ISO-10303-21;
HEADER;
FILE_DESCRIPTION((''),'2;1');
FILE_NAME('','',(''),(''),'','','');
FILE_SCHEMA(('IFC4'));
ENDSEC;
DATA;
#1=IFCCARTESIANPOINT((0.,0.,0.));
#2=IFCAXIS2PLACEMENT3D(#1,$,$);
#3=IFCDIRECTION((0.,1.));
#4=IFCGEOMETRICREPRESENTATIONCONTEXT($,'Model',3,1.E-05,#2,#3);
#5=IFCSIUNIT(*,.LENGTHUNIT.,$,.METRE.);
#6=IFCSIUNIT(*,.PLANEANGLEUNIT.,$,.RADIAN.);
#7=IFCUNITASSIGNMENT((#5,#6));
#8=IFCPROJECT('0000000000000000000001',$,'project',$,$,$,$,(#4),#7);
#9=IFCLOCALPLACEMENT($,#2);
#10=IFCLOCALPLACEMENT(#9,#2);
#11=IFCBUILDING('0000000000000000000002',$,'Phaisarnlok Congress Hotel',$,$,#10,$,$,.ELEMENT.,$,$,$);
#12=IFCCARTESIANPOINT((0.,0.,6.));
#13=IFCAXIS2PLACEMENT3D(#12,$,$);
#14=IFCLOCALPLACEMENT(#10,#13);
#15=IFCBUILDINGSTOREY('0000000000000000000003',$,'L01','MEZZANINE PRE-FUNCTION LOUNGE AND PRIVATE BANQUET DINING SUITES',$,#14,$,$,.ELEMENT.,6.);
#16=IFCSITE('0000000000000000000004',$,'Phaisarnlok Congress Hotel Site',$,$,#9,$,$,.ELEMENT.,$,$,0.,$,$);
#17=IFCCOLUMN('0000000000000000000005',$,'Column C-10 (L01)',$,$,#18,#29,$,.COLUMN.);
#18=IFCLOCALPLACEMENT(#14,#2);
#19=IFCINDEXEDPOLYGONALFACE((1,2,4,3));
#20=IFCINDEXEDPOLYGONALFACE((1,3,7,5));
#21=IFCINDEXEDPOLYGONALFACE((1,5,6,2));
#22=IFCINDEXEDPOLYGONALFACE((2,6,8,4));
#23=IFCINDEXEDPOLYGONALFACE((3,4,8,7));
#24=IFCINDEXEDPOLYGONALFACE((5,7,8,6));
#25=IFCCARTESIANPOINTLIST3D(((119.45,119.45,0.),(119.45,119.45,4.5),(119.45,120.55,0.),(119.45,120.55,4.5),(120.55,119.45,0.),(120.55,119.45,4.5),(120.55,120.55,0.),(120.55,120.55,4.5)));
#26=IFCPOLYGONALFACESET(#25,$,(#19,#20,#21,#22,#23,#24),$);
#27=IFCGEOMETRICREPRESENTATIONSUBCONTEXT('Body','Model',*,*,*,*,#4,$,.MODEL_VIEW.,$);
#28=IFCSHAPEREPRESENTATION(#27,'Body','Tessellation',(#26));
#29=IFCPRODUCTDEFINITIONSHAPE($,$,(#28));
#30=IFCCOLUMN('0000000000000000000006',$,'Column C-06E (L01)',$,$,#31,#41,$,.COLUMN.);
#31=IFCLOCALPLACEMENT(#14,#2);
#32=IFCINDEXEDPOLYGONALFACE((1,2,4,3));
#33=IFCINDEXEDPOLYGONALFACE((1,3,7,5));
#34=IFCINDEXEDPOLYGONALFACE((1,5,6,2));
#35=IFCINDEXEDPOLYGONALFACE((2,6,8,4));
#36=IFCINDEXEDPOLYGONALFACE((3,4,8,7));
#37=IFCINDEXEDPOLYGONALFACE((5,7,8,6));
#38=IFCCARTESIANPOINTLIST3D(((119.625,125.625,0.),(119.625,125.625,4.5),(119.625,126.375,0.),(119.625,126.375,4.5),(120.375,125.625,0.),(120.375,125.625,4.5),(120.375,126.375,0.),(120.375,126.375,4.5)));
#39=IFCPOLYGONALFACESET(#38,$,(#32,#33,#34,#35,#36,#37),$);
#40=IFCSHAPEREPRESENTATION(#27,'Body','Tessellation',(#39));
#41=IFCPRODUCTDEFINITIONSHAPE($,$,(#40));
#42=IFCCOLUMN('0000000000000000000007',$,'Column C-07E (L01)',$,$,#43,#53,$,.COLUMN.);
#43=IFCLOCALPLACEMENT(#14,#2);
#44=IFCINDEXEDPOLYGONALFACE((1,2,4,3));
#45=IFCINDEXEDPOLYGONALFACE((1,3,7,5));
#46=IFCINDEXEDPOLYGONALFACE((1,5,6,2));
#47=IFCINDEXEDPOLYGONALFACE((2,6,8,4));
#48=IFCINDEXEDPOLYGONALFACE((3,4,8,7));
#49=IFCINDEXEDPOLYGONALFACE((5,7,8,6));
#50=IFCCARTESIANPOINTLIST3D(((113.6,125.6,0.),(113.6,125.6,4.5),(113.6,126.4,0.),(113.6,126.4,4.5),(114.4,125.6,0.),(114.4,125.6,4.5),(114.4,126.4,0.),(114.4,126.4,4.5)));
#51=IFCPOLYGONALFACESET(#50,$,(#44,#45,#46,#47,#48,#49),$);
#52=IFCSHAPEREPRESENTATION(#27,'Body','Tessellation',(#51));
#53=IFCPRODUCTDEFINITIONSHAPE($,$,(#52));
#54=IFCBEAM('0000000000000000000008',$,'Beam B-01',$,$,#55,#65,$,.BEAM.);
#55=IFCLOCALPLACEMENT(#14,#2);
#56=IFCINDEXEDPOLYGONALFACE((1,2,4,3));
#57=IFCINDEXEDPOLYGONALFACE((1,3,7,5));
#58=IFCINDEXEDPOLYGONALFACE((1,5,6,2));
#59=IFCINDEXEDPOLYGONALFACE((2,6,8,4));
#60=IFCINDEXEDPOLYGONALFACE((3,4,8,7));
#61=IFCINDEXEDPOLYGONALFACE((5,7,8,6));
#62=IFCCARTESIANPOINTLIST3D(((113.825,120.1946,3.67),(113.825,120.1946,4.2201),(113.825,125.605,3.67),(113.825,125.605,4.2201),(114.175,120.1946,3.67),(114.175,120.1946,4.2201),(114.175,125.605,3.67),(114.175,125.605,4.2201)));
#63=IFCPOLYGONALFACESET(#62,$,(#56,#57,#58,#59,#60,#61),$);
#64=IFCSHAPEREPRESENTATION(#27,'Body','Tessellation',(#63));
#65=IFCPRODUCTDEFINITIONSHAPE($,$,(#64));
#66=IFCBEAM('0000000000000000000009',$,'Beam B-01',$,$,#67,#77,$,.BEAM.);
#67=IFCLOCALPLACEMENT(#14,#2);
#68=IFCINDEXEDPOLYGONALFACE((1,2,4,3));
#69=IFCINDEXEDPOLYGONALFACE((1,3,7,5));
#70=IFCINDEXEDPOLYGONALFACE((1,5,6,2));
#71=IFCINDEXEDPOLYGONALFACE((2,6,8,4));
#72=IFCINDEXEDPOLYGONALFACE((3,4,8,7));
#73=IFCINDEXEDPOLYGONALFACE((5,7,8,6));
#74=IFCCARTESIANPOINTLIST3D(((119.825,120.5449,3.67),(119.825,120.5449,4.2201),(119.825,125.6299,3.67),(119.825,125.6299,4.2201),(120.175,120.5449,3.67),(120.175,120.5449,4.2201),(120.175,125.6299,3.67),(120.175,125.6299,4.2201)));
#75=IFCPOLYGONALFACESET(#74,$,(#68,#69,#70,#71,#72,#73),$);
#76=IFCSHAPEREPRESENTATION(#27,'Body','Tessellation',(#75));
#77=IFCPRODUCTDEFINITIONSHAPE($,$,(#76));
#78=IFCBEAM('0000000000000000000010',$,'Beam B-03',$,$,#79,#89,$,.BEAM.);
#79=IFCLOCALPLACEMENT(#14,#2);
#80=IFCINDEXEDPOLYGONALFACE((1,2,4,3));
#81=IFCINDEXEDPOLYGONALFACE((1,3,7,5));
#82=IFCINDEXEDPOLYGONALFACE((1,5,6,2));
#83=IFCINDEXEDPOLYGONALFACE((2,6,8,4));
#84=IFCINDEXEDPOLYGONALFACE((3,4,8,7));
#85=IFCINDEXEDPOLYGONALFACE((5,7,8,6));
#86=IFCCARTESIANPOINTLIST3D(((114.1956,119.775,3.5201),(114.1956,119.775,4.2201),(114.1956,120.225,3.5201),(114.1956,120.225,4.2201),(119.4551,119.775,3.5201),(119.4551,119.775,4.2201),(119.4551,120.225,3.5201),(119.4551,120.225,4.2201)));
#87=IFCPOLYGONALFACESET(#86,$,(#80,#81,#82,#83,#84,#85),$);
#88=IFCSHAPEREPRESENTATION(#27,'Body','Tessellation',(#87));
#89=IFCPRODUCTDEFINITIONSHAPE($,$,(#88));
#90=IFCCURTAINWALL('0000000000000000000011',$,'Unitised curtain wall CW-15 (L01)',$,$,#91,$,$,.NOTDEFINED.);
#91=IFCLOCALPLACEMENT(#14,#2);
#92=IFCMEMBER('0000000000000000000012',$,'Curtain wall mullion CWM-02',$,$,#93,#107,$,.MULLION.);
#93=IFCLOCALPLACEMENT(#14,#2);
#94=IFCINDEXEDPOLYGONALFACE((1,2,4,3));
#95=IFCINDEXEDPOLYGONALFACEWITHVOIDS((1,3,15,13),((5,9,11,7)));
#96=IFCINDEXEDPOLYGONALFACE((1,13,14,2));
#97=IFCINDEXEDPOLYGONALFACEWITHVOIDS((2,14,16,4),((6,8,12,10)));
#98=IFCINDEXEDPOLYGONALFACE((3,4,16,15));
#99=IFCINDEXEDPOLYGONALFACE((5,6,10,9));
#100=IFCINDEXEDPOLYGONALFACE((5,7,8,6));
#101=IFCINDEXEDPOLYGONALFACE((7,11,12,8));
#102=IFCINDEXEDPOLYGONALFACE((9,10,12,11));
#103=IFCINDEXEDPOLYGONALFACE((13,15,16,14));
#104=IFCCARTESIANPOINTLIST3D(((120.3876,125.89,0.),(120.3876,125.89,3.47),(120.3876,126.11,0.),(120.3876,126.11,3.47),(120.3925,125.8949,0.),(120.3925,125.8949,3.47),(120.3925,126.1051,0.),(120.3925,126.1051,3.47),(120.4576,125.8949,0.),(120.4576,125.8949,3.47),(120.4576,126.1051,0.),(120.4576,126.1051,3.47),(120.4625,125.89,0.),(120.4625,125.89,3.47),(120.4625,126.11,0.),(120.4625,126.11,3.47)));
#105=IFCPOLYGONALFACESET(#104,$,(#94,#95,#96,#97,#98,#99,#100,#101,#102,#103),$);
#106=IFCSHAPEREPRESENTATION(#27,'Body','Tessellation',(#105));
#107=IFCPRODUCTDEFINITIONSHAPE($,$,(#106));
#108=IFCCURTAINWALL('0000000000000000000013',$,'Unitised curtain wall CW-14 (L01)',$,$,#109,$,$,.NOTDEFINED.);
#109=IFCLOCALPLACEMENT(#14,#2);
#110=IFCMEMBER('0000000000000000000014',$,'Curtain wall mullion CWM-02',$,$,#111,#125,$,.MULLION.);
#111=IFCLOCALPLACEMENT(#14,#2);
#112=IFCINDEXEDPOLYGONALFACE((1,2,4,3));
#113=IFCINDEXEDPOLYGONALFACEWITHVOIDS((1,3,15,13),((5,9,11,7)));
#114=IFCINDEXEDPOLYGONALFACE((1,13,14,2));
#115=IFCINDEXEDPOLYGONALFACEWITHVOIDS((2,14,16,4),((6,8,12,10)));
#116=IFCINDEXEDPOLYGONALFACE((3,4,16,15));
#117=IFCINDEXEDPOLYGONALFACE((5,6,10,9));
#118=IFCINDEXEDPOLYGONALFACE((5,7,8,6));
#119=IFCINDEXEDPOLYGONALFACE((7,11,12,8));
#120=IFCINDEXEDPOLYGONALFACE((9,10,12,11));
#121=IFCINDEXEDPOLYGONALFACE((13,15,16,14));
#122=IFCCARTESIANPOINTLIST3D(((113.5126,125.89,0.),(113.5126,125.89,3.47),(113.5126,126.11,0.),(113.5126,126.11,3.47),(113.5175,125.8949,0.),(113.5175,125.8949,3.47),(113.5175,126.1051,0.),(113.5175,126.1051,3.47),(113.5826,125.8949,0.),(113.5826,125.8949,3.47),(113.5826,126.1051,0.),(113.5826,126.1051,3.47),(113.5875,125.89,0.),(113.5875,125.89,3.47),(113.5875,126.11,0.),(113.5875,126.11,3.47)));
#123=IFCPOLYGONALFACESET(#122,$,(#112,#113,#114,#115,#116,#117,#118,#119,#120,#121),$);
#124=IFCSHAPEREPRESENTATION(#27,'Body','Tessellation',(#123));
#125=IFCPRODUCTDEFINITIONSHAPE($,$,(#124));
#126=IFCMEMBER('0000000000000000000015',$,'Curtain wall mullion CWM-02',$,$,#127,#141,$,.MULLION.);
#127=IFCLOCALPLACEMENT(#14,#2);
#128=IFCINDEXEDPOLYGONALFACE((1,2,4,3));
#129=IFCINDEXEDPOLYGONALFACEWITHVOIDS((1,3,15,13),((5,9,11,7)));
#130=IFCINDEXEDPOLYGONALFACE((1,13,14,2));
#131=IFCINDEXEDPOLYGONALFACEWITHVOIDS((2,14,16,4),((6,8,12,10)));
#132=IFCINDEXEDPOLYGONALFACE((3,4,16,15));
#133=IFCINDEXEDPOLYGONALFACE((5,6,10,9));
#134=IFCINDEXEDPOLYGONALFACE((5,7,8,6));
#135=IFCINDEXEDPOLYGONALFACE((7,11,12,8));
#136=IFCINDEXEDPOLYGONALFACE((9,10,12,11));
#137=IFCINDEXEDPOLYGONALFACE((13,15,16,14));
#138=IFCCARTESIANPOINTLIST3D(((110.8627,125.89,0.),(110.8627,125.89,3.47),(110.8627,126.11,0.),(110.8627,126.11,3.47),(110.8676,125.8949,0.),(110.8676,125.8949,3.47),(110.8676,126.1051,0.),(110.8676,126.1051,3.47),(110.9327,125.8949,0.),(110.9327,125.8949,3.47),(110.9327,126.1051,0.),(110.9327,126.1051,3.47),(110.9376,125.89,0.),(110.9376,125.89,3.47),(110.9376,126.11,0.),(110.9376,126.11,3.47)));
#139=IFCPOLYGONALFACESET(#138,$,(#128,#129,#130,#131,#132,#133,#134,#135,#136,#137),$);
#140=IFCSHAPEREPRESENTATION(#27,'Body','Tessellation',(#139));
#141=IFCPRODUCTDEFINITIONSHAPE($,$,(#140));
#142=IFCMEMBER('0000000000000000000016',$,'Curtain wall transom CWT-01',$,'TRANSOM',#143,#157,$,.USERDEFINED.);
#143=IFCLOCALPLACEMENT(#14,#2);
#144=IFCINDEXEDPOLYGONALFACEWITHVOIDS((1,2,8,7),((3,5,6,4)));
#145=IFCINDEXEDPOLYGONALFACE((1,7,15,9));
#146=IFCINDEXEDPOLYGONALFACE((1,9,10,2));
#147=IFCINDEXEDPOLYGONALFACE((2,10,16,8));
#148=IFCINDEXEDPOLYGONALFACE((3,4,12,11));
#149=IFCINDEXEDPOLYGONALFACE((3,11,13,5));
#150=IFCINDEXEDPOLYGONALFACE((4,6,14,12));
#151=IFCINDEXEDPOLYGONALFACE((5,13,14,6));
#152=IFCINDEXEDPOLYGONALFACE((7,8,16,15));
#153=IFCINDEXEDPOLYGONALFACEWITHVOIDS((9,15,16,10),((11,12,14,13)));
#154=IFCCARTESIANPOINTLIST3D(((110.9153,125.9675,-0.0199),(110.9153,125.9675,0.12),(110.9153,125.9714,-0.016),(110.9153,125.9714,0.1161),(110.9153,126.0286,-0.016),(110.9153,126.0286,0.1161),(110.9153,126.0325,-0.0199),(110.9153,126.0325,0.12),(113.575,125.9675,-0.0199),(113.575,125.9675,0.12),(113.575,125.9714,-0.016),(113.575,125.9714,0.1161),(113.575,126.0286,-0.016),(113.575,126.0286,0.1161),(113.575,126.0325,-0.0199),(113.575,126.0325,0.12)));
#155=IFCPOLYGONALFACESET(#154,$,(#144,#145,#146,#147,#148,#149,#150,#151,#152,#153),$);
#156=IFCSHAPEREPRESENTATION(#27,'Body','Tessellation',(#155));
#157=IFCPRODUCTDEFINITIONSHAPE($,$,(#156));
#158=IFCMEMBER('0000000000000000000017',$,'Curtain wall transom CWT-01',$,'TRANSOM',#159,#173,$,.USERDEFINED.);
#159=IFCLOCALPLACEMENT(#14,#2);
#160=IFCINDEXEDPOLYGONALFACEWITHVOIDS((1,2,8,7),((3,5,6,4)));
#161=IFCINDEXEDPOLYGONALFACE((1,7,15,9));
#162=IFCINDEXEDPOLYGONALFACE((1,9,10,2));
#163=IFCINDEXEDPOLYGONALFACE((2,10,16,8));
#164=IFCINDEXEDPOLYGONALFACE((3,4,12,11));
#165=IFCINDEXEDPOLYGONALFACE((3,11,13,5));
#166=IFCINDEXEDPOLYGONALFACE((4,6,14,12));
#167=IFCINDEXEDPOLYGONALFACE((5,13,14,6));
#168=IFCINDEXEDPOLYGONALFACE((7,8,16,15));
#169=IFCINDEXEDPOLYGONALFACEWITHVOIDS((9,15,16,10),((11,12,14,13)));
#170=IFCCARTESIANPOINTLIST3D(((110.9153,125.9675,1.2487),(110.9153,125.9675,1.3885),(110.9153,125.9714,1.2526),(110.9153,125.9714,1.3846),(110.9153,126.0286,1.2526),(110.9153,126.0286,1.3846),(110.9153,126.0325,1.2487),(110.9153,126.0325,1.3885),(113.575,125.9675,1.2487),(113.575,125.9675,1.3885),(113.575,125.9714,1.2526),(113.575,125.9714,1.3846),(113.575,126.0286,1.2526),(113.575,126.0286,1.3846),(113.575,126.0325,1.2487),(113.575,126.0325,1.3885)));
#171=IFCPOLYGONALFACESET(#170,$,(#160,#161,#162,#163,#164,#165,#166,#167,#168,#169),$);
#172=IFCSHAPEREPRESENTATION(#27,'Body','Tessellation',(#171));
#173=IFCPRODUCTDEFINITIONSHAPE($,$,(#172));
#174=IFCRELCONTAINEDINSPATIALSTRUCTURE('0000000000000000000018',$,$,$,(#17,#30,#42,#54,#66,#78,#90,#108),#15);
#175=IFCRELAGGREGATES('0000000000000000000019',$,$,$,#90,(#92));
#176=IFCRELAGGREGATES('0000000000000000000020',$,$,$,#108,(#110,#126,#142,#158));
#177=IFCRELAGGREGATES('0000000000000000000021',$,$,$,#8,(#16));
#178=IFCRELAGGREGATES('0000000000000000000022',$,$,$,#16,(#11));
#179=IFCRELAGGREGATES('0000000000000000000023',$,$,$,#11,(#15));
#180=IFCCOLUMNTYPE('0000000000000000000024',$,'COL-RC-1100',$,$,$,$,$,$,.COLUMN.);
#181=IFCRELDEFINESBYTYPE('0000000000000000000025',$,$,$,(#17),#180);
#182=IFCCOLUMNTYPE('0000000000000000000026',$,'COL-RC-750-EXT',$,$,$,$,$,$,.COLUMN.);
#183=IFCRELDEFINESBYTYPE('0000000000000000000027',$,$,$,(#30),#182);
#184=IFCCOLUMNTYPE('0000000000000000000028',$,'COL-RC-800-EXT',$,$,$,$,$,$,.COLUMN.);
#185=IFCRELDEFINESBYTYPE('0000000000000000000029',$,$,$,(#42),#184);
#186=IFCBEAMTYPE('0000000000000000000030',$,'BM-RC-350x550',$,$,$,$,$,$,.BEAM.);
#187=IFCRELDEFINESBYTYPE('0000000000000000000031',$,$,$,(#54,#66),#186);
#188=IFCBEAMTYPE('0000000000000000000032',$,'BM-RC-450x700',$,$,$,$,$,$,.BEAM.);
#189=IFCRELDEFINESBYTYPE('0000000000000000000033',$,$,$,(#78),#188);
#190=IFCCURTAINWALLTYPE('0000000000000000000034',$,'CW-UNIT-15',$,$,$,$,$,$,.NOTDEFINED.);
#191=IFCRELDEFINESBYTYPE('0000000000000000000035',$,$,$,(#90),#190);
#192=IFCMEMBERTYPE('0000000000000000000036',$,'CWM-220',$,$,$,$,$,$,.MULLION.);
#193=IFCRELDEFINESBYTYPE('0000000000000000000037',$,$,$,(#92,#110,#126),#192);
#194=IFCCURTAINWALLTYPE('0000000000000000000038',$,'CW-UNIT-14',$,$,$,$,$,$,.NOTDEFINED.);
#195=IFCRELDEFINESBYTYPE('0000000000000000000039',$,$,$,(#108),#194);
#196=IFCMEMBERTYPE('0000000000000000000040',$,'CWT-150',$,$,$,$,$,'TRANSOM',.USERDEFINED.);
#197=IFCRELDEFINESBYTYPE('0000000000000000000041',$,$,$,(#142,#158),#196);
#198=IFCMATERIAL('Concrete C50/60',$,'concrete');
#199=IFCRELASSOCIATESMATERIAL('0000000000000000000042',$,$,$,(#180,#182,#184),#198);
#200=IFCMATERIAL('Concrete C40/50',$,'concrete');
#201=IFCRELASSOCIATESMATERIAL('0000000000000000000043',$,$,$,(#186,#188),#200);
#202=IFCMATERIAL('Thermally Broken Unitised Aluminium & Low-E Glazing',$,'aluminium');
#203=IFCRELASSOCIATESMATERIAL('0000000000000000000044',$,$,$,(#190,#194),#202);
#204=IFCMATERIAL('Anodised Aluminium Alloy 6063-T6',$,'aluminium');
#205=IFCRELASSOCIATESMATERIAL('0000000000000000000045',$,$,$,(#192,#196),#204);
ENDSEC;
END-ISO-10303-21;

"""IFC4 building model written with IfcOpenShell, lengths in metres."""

from ifc_helpers import new_model, si_unit, direction, frame, origin, origin_2d, place, context, subcontext, project, spatial, rectangle, hollow_rectangle, extrude, material, material_profile, profile_set, type_object, element, aggregate, save


model = new_model("IFC4")

# Units and contexts
model_context = context("Model", 3, precision=1e-05, world=origin(), true_north=direction((0.0, 1.0)))
body_context = subcontext(model_context, "Body", "Model", "MODEL_VIEW")
ifc_project = project(units=[si_unit("LENGTHUNIT", "METRE"), si_unit("PLANEANGLEUNIT", "RADIAN")], contexts=[model_context])

# Site, building, storey
site_placement = place(None, origin())
site = spatial("IfcSite", under=ifc_project, at=site_placement, Name="Phaisarnlok Congress Hotel Site", CompositionType="ELEMENT", RefElevation=0.0)
building_placement = place(site_placement, origin())
building = spatial("IfcBuilding", under=site, at=building_placement, Name="Phaisarnlok Congress Hotel", CompositionType="ELEMENT")
storey_placement = place(building_placement, frame((0.0, 0.0, 6.0)))
storey = spatial("IfcBuildingStorey", under=building, at=storey_placement, Name="L01", Description="MEZZANINE PRE-FUNCTION LOUNGE AND PRIVATE BANQUET DINING SUITES", CompositionType="ELEMENT", Elevation=6.0)

# Columns
ifc_material_1 = material(Name="Concrete C50/60", Category="concrete")
ifc_material_profile_1 = material_profile(ifc_material_1, rectangle(XDim=1.1001, YDim=1.1001, at=origin_2d()), Name="RC 1100x1100")
ifc_profile_set_1 = profile_set([ifc_material_profile_1], Name="Concrete C50/60")
column_type_1 = type_object("IfcColumnType", Name="COL-RC-1100", PredefinedType="COLUMN", material=ifc_profile_set_1)
column_1_placement = place(storey_placement, frame((120.0, 120.0, 0.0), z_axis=(0.0, 0.0, 1.0), x_axis=(1.0, 0.0, 0.0)))
element("IfcColumn", 1, at=column_1_placement, inside=storey, type_object=column_type_1, Name="Column C-10 (L01)", PredefinedType="COLUMN", context=body_context, shape_type="SweptSolid", body=[
    extrude(rectangle(XDim=1.1001, YDim=1.1001, at=origin_2d()), origin(), (0.0, 0.0, 1.0), 4.5),
])
ifc_material_profile_2 = material_profile(ifc_material_1, rectangle(XDim=0.75, YDim=0.75, at=origin_2d()), Name="RC 750x750")
ifc_profile_set_2 = profile_set([ifc_material_profile_2], Name="Concrete C50/60")
column_type_2 = type_object("IfcColumnType", Name="COL-RC-750-EXT", PredefinedType="COLUMN", material=ifc_profile_set_2)
column_2_placement = place(storey_placement, frame((120.0, 126.0, 0.0), z_axis=(0.0, 0.0, 1.0), x_axis=(1.0, 0.0, 0.0)))
element("IfcColumn", 2, at=column_2_placement, inside=storey, type_object=column_type_2, Name="Column C-06E (L01)", PredefinedType="COLUMN", context=body_context, shape_type="SweptSolid", body=[
    extrude(rectangle(XDim=0.75, YDim=0.75, at=origin_2d()), origin(), (0.0, 0.0, 1.0), 4.5),
])
ifc_material_profile_3 = material_profile(ifc_material_1, rectangle(XDim=0.8, YDim=0.8, at=origin_2d()), Name="RC 800x800")
ifc_profile_set_3 = profile_set([ifc_material_profile_3], Name="Concrete C50/60")
column_type_3 = type_object("IfcColumnType", Name="COL-RC-800-EXT", PredefinedType="COLUMN", material=ifc_profile_set_3)
column_3_placement = place(storey_placement, frame((114.0, 126.0, 0.0), z_axis=(0.0, 0.0, 1.0), x_axis=(1.0, 0.0, 0.0)))
element("IfcColumn", 3, at=column_3_placement, inside=storey, type_object=column_type_3, Name="Column C-07E (L01)", PredefinedType="COLUMN", context=body_context, shape_type="SweptSolid", body=[
    extrude(rectangle(XDim=0.8, YDim=0.8, at=origin_2d()), origin(), (0.0, 0.0, 1.0), 4.5),
])

# Beams
ifc_material_2 = material(Name="Concrete C40/50", Category="concrete")
ifc_material_profile_4 = material_profile(ifc_material_2, rectangle(XDim=0.3501, YDim=0.55, at=origin_2d()), Name="RC 350x550")
ifc_profile_set_4 = profile_set([ifc_material_profile_4], Name="Concrete C40/50")
beam_type_1 = type_object("IfcBeamType", Name="BM-RC-350x550", PredefinedType="BEAM", material=ifc_profile_set_4)
beam_1_placement = place(storey_placement, frame((114.0, 120.1946, 3.9451), z_axis=(0.0, 1.0, 0.0), x_axis=(-1.0, 0.0, 0.0)))
element("IfcBeam", 4, at=beam_1_placement, inside=storey, type_object=beam_type_1, Name="Beam B-01", PredefinedType="BEAM", context=body_context, shape_type="SweptSolid", body=[
    extrude(rectangle(XDim=0.3501, YDim=0.55, at=origin_2d()), origin(), (0.0, 0.0, 1.0), 5.4104),
])
beam_2_placement = place(storey_placement, frame((120.0, 120.5449, 3.9451), z_axis=(0.0, 1.0, 0.0), x_axis=(-1.0, 0.0, 0.0)))
element("IfcBeam", 5, at=beam_2_placement, inside=storey, type_object=beam_type_1, Name="Beam B-01", PredefinedType="BEAM", context=body_context, shape_type="SweptSolid", body=[
    extrude(rectangle(XDim=0.3501, YDim=0.55, at=origin_2d()), origin(), (0.0, 0.0, 1.0), 5.085),
])
ifc_material_profile_5 = material_profile(ifc_material_2, rectangle(XDim=0.45, YDim=0.7, at=origin_2d()), Name="RC 450x700")
ifc_profile_set_5 = profile_set([ifc_material_profile_5], Name="Concrete C40/50")
beam_type_2 = type_object("IfcBeamType", Name="BM-RC-450x700", PredefinedType="BEAM", material=ifc_profile_set_5)
beam_3_placement = place(storey_placement, frame((114.1956, 120.0, 3.8701), z_axis=(1.0, 0.0, 0.0), x_axis=(0.0, 1.0, 0.0)))
element("IfcBeam", 6, at=beam_3_placement, inside=storey, type_object=beam_type_2, Name="Beam B-03", PredefinedType="BEAM", context=body_context, shape_type="SweptSolid", body=[
    extrude(rectangle(XDim=0.45, YDim=0.7, at=origin_2d()), origin(), (0.0, 0.0, 1.0), 5.2595),
])

# Curtain wall, member
ifc_material_3 = material(Name="Thermally Broken Unitised Aluminium & Low-E Glazing", Category="aluminium")
curtain_wall_type_1 = type_object("IfcCurtainWallType", Name="CW-UNIT-15", PredefinedType="NOTDEFINED", material=ifc_material_3)
curtain_wall_1_placement = place(storey_placement, origin())
curtain_wall_1 = element("IfcCurtainWall", 7, at=curtain_wall_1_placement, inside=storey, type_object=curtain_wall_type_1, Name="Unitised curtain wall CW-15 (L01)", PredefinedType="NOTDEFINED")
ifc_material_4 = material(Name="Anodised Aluminium Alloy 6063-T6", Category="aluminium")
ifc_material_profile_6 = material_profile(ifc_material_4, hollow_rectangle(XDim=0.075, YDim=0.22, WallThickness=0.0049, at=origin_2d()), Name="ALU-M 75x220x5")
ifc_profile_set_6 = profile_set([ifc_material_profile_6], Name="Anodised Aluminium Alloy 6063-T6")
member_type_1 = type_object("IfcMemberType", Name="CWM-220", PredefinedType="MULLION", material=ifc_profile_set_6)
member_1_placement = place(storey_placement, frame((120.425, 126.0, 0.0), z_axis=(0.0, 0.0, 1.0), x_axis=(-1.0, 0.0, 0.0)))
member_1 = element("IfcMember", 8, at=member_1_placement, type_object=member_type_1, Name="Curtain wall mullion CWM-02", PredefinedType="MULLION", context=body_context, shape_type="SweptSolid", body=[
    extrude(hollow_rectangle(XDim=0.075, YDim=0.22, WallThickness=0.0049, at=origin_2d()), origin(), (0.0, 0.0, 1.0), 3.47),
])
aggregate(curtain_wall_1, [member_1])

# Curtain wall, members
curtain_wall_type_2 = type_object("IfcCurtainWallType", Name="CW-UNIT-14", PredefinedType="NOTDEFINED", material=ifc_material_3)
curtain_wall_2_placement = place(storey_placement, origin())
curtain_wall_2 = element("IfcCurtainWall", 9, at=curtain_wall_2_placement, inside=storey, type_object=curtain_wall_type_2, Name="Unitised curtain wall CW-14 (L01)", PredefinedType="NOTDEFINED")
member_2_placement = place(storey_placement, frame((113.55, 126.0, 0.0), z_axis=(0.0, 0.0, 1.0), x_axis=(-1.0, 0.0, 0.0)))
member_2 = element("IfcMember", 10, at=member_2_placement, type_object=member_type_1, Name="Curtain wall mullion CWM-02", PredefinedType="MULLION", context=body_context, shape_type="SweptSolid", body=[
    extrude(hollow_rectangle(XDim=0.075, YDim=0.22, WallThickness=0.0049, at=origin_2d()), origin(), (0.0, 0.0, 1.0), 3.47),
])
member_3_placement = place(storey_placement, frame((110.9001, 126.0, 0.0), z_axis=(0.0, 0.0, 1.0), x_axis=(-1.0, 0.0, 0.0)))
member_3 = element("IfcMember", 11, at=member_3_placement, type_object=member_type_1, Name="Curtain wall mullion CWM-02", PredefinedType="MULLION", context=body_context, shape_type="SweptSolid", body=[
    extrude(hollow_rectangle(XDim=0.075, YDim=0.22, WallThickness=0.0049, at=origin_2d()), origin(), (0.0, 0.0, 1.0), 3.47),
])
ifc_material_profile_7 = material_profile(ifc_material_4, hollow_rectangle(XDim=0.0649, YDim=0.1399, WallThickness=0.0039, at=origin_2d()), Name="ALU-T 65x140x4")
ifc_profile_set_7 = profile_set([ifc_material_profile_7], Name="Anodised Aluminium Alloy 6063-T6")
member_type_2 = type_object("IfcMemberType", Name="CWT-150", ElementType="TRANSOM", PredefinedType="USERDEFINED", material=ifc_profile_set_7)
member_4_placement = place(storey_placement, frame((113.575, 126.0, 0.05), z_axis=(-1.0, 0.0, 0.0), x_axis=(0.0, -1.0, 0.0)))
member_4 = element("IfcMember", 12, at=member_4_placement, type_object=member_type_2, Name="Curtain wall transom CWT-01", ObjectType="TRANSOM", PredefinedType="USERDEFINED", context=body_context, shape_type="SweptSolid", body=[
    extrude(hollow_rectangle(XDim=0.0649, YDim=0.1399, WallThickness=0.0039, at=origin_2d()), origin(), (0.0, 0.0, 1.0), 2.6597),
])
member_5_placement = place(storey_placement, frame((113.575, 126.0, 1.3186), z_axis=(-1.0, 0.0, 0.0), x_axis=(0.0, -1.0, 0.0)))
member_5 = element("IfcMember", 13, at=member_5_placement, type_object=member_type_2, Name="Curtain wall transom CWT-01", ObjectType="TRANSOM", PredefinedType="USERDEFINED", context=body_context, shape_type="SweptSolid", body=[
    extrude(hollow_rectangle(XDim=0.0649, YDim=0.1399, WallThickness=0.0039, at=origin_2d()), origin(), (0.0, 0.0, 1.0), 2.6597),
])

aggregate(curtain_wall_2, [member_2, member_3, member_4, member_5])

save(model, "model.ifc")
